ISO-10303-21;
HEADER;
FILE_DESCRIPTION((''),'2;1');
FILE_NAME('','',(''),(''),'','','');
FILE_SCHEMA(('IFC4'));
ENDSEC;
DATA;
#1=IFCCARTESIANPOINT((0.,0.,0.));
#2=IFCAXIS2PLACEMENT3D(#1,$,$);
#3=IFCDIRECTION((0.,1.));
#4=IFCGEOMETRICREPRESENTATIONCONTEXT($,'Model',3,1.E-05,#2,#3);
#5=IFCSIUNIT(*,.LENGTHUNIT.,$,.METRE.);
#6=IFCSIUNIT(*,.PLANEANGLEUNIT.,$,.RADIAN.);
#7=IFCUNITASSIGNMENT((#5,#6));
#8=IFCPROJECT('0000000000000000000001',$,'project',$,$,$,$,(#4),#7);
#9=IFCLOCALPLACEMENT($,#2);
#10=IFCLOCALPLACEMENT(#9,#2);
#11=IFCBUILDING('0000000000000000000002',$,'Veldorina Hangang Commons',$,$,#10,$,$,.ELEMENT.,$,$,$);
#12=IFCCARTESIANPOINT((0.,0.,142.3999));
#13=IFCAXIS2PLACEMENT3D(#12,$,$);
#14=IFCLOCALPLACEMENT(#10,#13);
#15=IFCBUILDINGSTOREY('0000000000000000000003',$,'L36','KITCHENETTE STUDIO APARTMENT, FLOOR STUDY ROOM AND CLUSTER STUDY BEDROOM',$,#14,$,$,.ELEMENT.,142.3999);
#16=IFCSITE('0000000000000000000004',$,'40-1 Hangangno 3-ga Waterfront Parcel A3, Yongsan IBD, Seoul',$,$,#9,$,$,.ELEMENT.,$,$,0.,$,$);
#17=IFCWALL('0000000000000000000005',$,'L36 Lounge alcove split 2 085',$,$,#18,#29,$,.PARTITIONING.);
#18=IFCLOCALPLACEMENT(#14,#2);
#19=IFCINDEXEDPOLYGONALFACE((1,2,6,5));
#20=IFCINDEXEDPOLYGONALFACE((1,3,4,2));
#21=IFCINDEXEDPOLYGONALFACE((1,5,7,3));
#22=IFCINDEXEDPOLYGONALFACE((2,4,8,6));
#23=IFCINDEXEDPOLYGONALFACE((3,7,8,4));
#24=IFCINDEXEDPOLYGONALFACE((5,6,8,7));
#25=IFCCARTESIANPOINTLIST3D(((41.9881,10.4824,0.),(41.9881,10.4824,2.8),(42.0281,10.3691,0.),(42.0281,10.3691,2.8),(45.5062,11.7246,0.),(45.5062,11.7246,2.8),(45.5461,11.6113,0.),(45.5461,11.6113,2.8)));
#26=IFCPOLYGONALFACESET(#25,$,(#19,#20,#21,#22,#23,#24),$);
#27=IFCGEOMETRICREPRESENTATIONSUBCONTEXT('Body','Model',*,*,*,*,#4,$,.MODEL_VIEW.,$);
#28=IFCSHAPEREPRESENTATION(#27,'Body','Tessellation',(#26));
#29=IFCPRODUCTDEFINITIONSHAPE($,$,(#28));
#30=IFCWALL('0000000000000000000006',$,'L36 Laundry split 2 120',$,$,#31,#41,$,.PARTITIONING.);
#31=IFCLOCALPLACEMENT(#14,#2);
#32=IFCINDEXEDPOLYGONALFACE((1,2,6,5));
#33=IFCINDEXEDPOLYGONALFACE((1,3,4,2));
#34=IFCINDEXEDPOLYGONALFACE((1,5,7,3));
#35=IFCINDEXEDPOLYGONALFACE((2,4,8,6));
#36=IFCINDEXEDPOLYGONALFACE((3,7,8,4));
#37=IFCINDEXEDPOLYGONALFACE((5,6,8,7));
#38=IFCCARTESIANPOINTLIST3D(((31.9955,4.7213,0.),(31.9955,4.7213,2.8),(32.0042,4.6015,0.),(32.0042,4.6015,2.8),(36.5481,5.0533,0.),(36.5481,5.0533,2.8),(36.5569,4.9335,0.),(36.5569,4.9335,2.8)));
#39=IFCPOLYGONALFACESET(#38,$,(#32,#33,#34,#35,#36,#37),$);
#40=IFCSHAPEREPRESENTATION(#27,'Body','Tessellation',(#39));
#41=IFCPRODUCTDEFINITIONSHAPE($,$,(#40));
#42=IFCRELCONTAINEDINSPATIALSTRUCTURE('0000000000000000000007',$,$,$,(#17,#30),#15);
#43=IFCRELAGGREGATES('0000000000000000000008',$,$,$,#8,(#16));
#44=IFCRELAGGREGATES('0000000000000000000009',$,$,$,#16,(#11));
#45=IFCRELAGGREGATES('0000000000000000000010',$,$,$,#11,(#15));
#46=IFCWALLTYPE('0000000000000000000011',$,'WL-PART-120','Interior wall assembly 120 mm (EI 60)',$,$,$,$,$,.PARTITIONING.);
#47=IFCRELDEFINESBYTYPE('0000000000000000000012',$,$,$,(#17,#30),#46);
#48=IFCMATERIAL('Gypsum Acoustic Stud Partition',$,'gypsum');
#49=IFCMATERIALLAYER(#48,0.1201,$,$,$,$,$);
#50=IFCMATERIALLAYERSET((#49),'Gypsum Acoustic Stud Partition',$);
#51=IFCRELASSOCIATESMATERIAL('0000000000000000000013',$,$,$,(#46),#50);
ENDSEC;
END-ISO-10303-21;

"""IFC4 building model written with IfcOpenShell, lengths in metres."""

from ifc_helpers import new_model, si_unit, direction, frame, frame_2d, origin, place, context, subcontext, project, spatial, rectangle, extrude, material, layer, layer_set, type_object, element, save


model = new_model("IFC4")

# Units and contexts
model_context = context("Model", 3, precision=1e-05, world=origin(), true_north=direction((0.0, 1.0)))
body_context = subcontext(model_context, "Body", "Model", "MODEL_VIEW")
ifc_project = project(units=[si_unit("LENGTHUNIT", "METRE"), si_unit("PLANEANGLEUNIT", "RADIAN")], contexts=[model_context])

# Site, building, storey
site_placement = place(None, origin())
site = spatial("IfcSite", under=ifc_project, at=site_placement, Name="40-1 Hangangno 3-ga Waterfront Parcel A3, Yongsan IBD, Seoul", CompositionType="ELEMENT", RefElevation=0.0)
building_placement = place(site_placement, origin())
building = spatial("IfcBuilding", under=site, at=building_placement, Name="Veldorina Hangang Commons", CompositionType="ELEMENT")
storey_placement = place(building_placement, frame((0.0, 0.0, 142.3999)))
storey = spatial("IfcBuildingStorey", under=building, at=storey_placement, Name="L36", Description="KITCHENETTE STUDIO APARTMENT, FLOOR STUDY ROOM AND CLUSTER STUDY BEDROOM", CompositionType="ELEMENT", Elevation=142.3999)

# Shared definitions
ifc_material_1 = material(Name="Gypsum Acoustic Stud Partition", Category="gypsum")
ifc_layer_1 = layer(ifc_material_1, 0.1201)
ifc_layer_set_1 = layer_set([ifc_layer_1], Name="Gypsum Acoustic Stud Partition")
wall_type_1 = type_object("IfcWallType", Name="WL-PART-120", Description="Interior wall assembly 120 mm (EI 60)", PredefinedType="PARTITIONING", material=ifc_layer_set_1)

# Walls
wall_1_placement = place(storey_placement, frame((42.0081, 10.4258, 0.0), z_axis=(0.0, 0.0, 1.0), x_axis=(0.942947, 0.332943, 0.0)))
element("IfcWall", 1, at=wall_1_placement, inside=storey, type_object=wall_type_1, Name="L36 Lounge alcove split 2 085", PredefinedType="PARTITIONING", context=body_context, shape_type="SweptSolid", body=[
    extrude(rectangle(XDim=3.731, YDim=0.1201, at=frame_2d((1.8655, 0.0))), origin(), (0.0, 0.0, 1.0), 2.8),
])
wall_2_placement = place(storey_placement, frame((32.0, 4.6614, 0.0), z_axis=(0.0, 0.0, 1.0), x_axis=(0.997351, 0.072741, 0.0)))
element("IfcWall", 2, at=wall_2_placement, inside=storey, type_object=wall_type_1, Name="L36 Laundry split 2 120", PredefinedType="PARTITIONING", context=body_context, shape_type="SweptSolid", body=[
    extrude(rectangle(XDim=4.5647, YDim=0.1201, at=frame_2d((2.2822, 0.0))), origin(), (0.0, 0.0, 1.0), 2.8),
])

save(model, "model.ifc")
